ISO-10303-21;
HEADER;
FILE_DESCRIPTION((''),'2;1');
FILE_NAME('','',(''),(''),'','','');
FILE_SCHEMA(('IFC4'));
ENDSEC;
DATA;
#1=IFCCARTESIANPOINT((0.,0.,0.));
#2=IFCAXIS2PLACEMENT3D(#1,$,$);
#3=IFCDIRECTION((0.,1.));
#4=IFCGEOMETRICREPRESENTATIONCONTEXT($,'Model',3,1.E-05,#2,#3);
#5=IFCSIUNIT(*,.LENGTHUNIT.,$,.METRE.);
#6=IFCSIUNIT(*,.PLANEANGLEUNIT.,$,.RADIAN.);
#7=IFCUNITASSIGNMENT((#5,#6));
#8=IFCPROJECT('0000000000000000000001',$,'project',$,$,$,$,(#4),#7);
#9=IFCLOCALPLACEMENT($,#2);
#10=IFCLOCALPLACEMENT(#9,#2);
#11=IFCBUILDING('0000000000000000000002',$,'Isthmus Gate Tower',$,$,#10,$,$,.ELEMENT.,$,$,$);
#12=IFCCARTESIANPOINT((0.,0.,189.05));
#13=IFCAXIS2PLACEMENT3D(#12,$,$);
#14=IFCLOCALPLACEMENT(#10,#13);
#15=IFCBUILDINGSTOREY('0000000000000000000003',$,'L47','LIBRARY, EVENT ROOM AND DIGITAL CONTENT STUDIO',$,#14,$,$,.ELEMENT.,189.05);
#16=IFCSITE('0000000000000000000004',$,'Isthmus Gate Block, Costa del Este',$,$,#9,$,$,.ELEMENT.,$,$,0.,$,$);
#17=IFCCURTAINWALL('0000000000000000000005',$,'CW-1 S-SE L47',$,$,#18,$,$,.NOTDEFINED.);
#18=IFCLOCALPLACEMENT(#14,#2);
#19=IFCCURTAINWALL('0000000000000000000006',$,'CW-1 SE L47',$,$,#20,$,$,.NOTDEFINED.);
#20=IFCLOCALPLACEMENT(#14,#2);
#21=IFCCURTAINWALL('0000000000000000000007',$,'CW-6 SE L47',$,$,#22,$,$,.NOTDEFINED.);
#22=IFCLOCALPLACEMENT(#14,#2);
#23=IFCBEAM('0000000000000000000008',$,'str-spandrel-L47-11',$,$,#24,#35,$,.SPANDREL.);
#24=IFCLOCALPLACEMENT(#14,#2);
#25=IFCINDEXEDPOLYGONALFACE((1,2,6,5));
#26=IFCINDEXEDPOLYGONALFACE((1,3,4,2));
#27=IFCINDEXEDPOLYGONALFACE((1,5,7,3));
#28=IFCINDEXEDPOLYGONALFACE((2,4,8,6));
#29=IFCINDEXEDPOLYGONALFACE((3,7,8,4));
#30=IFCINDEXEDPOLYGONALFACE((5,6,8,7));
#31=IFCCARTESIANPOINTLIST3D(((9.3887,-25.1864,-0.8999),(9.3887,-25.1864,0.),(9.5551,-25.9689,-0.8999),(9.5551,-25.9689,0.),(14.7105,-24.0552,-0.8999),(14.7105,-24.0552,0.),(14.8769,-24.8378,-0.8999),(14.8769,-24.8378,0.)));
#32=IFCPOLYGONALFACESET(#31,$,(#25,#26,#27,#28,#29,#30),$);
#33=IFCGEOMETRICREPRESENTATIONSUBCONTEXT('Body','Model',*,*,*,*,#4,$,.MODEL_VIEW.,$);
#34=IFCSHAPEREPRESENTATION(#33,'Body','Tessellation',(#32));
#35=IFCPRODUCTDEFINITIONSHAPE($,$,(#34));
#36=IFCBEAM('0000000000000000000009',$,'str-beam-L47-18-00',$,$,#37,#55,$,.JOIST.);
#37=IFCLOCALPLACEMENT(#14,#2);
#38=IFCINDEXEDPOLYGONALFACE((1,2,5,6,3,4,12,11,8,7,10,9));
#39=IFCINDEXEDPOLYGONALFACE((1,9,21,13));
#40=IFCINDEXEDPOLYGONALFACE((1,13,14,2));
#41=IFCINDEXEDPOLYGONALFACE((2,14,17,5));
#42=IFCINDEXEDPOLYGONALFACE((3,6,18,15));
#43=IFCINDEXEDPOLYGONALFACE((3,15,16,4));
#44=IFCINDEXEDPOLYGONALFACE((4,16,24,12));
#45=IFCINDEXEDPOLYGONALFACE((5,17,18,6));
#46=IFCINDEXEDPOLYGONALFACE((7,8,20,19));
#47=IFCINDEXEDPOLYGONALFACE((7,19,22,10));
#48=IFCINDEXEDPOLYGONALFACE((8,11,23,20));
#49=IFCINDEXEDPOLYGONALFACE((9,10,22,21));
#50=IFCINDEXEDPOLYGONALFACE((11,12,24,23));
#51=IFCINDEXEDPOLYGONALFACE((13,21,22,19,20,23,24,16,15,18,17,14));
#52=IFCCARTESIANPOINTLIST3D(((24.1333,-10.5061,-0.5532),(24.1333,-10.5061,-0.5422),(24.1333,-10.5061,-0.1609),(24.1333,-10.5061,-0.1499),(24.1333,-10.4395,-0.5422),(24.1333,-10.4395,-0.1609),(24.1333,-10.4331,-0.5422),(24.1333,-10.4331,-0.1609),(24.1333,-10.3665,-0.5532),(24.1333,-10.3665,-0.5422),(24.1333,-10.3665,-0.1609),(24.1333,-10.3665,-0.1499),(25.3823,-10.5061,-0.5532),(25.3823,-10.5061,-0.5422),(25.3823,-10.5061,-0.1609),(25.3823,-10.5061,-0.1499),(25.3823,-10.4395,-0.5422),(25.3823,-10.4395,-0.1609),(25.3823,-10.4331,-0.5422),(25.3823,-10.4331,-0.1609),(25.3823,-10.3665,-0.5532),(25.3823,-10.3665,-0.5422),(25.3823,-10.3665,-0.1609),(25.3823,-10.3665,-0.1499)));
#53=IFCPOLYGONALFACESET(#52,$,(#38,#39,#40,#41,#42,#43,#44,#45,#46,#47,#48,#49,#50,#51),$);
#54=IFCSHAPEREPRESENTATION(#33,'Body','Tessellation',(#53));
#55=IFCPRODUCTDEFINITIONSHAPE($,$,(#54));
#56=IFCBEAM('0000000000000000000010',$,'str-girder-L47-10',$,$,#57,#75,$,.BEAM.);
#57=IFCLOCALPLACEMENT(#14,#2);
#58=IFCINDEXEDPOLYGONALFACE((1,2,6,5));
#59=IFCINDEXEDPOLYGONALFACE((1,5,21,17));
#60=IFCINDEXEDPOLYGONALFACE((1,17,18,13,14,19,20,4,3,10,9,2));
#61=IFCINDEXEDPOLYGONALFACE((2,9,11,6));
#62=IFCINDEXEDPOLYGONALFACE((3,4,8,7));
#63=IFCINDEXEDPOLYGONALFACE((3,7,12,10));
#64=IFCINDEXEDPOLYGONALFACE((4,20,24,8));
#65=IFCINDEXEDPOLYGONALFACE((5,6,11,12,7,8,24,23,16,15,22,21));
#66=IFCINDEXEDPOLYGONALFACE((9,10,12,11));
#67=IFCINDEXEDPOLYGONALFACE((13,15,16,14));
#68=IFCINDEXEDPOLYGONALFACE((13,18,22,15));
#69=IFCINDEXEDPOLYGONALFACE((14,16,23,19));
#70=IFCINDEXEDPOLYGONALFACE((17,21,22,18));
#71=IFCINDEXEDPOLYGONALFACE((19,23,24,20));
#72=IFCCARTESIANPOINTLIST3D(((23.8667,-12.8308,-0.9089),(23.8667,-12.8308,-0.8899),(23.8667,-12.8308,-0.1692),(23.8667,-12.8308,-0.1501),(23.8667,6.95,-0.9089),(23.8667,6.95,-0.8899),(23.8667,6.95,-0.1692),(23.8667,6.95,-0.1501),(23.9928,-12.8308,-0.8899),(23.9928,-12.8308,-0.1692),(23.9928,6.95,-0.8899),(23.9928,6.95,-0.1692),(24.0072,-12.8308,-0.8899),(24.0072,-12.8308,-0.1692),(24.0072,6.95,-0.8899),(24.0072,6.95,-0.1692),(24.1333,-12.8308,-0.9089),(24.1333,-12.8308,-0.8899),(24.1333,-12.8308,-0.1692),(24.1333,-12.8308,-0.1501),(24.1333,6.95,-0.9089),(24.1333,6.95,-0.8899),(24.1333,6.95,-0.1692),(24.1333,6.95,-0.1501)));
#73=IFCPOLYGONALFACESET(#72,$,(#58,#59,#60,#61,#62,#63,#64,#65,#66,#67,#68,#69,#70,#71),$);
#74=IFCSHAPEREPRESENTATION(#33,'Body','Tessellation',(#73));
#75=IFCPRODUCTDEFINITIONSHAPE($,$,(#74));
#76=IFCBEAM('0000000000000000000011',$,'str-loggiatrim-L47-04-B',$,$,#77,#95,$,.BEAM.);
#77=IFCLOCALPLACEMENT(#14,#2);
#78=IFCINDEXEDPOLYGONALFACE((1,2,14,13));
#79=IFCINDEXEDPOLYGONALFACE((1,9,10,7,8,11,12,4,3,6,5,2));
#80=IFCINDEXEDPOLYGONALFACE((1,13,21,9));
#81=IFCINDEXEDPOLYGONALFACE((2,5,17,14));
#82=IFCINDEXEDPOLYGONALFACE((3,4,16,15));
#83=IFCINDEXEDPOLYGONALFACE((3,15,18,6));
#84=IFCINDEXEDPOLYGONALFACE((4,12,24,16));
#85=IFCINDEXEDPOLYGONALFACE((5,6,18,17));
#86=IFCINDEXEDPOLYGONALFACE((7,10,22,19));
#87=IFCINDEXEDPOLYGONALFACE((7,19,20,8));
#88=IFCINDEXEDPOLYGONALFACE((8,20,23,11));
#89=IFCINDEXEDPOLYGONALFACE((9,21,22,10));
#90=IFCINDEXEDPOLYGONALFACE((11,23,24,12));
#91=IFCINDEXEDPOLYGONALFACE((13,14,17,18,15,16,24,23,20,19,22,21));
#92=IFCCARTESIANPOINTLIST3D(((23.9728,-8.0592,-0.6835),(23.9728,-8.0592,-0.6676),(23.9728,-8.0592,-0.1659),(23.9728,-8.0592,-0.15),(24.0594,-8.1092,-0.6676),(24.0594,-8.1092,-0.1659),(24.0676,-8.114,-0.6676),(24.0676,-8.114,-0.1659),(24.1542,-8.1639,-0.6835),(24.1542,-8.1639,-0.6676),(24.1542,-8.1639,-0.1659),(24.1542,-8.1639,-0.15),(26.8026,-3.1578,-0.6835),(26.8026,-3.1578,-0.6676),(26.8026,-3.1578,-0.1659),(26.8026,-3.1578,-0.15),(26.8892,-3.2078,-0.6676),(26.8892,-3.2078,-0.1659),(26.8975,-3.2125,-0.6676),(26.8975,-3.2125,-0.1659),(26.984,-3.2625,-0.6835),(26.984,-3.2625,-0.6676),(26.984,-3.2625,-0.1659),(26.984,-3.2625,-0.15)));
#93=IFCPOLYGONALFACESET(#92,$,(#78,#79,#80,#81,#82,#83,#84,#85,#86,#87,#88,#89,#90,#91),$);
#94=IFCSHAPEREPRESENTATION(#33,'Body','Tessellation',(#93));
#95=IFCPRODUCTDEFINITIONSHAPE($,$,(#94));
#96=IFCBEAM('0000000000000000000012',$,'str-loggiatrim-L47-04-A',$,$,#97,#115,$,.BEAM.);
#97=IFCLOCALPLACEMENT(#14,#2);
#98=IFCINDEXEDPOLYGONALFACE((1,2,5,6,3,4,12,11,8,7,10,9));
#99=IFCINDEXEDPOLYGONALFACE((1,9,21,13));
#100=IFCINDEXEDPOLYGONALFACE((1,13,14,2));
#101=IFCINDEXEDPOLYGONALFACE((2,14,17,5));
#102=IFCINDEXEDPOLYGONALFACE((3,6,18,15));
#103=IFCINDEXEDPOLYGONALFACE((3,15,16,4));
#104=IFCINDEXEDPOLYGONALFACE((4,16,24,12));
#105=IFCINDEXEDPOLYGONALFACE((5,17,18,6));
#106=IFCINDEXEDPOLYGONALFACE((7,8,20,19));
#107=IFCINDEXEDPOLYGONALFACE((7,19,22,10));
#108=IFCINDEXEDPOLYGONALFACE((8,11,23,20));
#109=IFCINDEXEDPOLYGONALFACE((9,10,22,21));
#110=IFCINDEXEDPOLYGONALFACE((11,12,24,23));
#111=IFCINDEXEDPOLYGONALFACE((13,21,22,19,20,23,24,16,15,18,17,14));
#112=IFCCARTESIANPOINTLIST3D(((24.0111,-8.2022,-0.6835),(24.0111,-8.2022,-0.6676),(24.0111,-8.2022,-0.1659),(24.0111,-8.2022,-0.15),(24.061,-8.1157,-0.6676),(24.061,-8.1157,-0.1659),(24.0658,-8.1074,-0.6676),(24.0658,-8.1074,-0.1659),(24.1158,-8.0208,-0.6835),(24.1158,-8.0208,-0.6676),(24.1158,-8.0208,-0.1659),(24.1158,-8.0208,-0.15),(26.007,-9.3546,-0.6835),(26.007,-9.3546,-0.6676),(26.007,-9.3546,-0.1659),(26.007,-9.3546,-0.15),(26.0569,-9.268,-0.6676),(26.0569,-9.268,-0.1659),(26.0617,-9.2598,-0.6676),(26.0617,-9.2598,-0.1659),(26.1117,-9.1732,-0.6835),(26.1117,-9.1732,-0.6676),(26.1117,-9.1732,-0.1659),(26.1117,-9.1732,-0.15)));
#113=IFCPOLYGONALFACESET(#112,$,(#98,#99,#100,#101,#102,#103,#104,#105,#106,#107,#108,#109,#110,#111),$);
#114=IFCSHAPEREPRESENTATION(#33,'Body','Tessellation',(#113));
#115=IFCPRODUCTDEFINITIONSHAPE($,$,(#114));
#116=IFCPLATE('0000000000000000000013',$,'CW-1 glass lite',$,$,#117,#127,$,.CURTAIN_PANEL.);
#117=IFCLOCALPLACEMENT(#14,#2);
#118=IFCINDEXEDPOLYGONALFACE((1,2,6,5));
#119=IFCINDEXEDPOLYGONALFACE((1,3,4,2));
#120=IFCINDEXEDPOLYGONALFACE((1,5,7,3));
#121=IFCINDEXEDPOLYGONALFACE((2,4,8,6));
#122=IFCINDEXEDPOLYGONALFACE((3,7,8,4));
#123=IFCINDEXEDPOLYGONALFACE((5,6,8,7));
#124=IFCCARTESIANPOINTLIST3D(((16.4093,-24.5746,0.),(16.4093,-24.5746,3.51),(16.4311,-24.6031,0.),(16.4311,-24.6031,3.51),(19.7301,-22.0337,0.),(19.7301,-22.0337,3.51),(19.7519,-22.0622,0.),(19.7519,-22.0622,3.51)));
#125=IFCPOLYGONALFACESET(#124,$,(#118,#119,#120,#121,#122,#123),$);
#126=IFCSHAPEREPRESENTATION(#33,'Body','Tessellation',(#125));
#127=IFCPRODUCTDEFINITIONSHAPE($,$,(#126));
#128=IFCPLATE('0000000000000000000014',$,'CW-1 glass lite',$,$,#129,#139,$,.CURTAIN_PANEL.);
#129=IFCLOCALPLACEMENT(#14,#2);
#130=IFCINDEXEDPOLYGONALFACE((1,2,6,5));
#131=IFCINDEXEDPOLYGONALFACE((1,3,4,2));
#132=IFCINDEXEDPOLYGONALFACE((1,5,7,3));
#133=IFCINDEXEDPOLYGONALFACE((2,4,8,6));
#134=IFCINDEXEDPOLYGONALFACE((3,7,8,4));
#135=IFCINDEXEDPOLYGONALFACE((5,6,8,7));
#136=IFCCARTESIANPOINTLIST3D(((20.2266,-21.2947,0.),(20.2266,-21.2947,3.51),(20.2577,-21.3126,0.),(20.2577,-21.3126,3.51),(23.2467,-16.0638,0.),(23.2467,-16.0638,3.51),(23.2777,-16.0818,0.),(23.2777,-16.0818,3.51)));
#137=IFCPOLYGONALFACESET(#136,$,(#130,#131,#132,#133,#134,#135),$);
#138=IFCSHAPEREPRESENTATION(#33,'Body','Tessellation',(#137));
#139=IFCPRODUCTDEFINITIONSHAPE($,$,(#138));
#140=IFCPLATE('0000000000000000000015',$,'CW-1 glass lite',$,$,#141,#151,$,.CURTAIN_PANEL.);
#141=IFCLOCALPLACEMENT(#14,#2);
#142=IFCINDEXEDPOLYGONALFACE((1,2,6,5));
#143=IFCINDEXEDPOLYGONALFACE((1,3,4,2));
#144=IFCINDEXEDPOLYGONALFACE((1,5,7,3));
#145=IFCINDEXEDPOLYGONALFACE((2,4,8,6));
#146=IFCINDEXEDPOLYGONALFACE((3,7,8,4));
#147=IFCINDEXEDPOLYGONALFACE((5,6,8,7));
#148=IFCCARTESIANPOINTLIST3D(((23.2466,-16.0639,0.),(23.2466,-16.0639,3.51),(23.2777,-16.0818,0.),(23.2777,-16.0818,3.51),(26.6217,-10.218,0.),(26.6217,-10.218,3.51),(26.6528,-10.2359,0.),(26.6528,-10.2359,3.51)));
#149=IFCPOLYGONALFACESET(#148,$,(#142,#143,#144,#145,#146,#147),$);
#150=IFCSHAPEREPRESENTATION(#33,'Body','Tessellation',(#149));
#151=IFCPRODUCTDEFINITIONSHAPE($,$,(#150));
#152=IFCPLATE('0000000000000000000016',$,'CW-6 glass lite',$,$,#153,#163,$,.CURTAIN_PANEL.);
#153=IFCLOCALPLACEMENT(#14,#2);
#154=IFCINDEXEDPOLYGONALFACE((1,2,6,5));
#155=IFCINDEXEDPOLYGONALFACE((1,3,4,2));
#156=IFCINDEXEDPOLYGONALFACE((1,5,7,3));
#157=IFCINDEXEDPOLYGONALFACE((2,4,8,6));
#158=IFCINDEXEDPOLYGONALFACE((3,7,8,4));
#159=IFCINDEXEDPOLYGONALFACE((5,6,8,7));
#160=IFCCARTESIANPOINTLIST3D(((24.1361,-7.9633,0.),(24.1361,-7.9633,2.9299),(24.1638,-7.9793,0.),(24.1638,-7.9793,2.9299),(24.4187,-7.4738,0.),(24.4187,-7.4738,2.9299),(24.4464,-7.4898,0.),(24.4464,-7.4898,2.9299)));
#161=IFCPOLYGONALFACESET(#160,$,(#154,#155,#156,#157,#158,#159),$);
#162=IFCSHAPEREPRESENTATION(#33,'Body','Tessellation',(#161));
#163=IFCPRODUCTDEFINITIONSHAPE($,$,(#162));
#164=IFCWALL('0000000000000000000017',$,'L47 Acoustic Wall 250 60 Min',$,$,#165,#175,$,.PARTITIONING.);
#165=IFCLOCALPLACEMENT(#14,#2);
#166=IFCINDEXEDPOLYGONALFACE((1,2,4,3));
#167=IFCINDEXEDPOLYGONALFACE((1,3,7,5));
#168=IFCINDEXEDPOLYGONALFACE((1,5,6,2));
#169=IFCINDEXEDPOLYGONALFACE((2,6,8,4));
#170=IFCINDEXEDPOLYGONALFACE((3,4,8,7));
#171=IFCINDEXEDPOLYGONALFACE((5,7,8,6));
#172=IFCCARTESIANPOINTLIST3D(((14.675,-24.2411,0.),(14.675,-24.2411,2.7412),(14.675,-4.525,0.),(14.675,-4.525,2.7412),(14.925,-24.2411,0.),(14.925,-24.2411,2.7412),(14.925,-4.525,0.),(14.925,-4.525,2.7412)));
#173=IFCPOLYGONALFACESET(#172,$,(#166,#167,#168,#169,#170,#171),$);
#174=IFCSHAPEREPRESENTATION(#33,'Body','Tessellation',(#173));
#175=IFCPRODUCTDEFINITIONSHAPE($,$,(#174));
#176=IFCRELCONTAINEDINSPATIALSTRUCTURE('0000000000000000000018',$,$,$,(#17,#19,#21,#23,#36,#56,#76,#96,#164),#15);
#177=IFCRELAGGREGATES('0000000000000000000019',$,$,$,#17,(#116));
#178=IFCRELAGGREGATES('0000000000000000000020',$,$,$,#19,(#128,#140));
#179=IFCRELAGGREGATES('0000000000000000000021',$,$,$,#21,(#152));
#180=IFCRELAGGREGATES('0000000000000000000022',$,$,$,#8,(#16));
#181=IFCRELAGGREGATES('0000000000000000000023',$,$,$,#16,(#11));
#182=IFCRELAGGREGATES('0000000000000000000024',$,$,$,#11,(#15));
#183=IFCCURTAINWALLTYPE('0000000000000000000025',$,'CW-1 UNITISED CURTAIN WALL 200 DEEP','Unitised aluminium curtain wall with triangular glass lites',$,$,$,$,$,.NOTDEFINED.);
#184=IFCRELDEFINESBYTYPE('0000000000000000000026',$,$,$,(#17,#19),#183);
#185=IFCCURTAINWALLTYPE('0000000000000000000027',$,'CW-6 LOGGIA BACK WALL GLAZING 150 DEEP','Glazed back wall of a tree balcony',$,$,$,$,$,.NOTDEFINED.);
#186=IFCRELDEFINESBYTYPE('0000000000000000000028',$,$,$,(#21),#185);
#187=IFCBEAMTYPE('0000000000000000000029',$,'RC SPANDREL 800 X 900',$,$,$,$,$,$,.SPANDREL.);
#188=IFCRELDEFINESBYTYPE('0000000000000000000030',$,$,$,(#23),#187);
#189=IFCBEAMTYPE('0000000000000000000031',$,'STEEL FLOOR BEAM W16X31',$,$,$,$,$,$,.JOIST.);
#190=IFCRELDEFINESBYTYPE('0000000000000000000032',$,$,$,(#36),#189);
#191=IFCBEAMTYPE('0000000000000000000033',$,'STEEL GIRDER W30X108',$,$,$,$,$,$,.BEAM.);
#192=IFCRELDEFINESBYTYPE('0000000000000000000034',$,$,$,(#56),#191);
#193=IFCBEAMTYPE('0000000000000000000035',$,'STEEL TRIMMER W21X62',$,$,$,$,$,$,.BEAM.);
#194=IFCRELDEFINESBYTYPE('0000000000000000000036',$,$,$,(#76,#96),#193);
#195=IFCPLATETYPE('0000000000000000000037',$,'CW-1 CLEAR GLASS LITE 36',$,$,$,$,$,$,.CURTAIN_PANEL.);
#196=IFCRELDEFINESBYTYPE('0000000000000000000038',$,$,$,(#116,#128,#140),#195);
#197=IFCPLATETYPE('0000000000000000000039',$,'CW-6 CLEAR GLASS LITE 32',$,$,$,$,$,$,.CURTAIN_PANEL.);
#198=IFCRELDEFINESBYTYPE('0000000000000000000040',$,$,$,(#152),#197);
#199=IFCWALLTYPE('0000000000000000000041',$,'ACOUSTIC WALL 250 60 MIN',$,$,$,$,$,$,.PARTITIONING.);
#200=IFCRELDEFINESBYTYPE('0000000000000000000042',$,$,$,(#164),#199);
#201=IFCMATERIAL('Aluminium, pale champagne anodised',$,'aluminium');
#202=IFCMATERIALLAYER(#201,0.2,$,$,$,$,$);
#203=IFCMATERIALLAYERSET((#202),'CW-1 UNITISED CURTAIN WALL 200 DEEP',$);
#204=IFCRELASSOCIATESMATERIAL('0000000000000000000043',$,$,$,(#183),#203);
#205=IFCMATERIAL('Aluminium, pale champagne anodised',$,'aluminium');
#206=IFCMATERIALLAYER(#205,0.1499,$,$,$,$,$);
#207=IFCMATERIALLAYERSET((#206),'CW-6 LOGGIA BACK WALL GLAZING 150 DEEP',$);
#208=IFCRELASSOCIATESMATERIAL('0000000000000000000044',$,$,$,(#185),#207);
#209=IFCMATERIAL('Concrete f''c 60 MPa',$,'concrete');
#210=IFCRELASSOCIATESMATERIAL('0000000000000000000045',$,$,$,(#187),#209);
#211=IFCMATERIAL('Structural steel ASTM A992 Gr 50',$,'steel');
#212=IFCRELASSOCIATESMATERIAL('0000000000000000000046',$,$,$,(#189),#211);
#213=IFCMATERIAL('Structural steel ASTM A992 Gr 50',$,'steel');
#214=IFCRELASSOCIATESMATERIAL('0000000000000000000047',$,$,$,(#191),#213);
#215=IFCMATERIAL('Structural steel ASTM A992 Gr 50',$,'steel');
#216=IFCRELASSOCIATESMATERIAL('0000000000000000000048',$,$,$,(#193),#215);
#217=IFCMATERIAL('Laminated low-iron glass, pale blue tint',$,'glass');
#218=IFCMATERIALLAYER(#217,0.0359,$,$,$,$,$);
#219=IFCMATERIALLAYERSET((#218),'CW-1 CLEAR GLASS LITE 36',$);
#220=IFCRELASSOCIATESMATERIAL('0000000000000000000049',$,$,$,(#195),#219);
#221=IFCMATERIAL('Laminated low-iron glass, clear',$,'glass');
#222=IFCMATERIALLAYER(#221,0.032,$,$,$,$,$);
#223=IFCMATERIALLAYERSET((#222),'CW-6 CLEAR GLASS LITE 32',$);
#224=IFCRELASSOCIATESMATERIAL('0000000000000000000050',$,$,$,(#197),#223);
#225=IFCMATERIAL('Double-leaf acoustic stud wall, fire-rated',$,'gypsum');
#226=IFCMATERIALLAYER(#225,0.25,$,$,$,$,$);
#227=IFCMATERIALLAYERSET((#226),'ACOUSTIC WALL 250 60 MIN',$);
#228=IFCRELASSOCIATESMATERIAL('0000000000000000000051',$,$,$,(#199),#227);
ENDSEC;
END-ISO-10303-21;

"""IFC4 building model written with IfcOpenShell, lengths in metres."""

from ifc_helpers import new_model, si_unit, direction, frame, frame_2d, origin, origin_2d, place, context, subcontext, project, spatial, rectangle, i_section, extrude, material, layer, layer_set, material_profile, profile_set, type_object, element, aggregate, save


model = new_model("IFC4")

# Units and contexts
model_context = context("Model", 3, precision=1e-05, world=origin(), true_north=direction((0.0, 1.0)))
body_context = subcontext(model_context, "Body", "Model", "MODEL_VIEW")
ifc_project = project(units=[si_unit("LENGTHUNIT", "METRE"), si_unit("PLANEANGLEUNIT", "RADIAN")], contexts=[model_context])

# Site, building, storey
site_placement = place(None, origin())
site = spatial("IfcSite", under=ifc_project, at=site_placement, Name="Isthmus Gate Block, Costa del Este", CompositionType="ELEMENT", RefElevation=0.0)
building_placement = place(site_placement, origin())
building = spatial("IfcBuilding", under=site, at=building_placement, Name="Isthmus Gate Tower", CompositionType="ELEMENT")
storey_placement = place(building_placement, frame((0.0, 0.0, 189.05)))
storey = spatial("IfcBuildingStorey", under=building, at=storey_placement, Name="L47", Description="LIBRARY, EVENT ROOM AND DIGITAL CONTENT STUDIO", CompositionType="ELEMENT", Elevation=189.05)

# Curtain walls
ifc_material_1 = material(Name="Aluminium, pale champagne anodised", Category="aluminium")
ifc_layer_1 = layer(ifc_material_1, 0.2)
ifc_layer_set_1 = layer_set([ifc_layer_1], Name="CW-1 UNITISED CURTAIN WALL 200 DEEP")
curtain_wall_type_1 = type_object("IfcCurtainWallType", Name="CW-1 UNITISED CURTAIN WALL 200 DEEP", Description="Unitised aluminium curtain wall with triangular glass lites", PredefinedType="NOTDEFINED", material=ifc_layer_set_1)
curtain_wall_1_placement = place(storey_placement, origin())
curtain_wall_1 = element("IfcCurtainWall", 1, at=curtain_wall_1_placement, inside=storey, type_object=curtain_wall_type_1, Name="CW-1 S-SE L47", PredefinedType="NOTDEFINED")
curtain_wall_2_placement = place(storey_placement, origin())
curtain_wall_2 = element("IfcCurtainWall", 2, at=curtain_wall_2_placement, inside=storey, type_object=curtain_wall_type_1, Name="CW-1 SE L47", PredefinedType="NOTDEFINED")

# Curtain wall
ifc_material_2 = material(Name="Aluminium, pale champagne anodised", Category="aluminium")
ifc_layer_2 = layer(ifc_material_2, 0.1499)
ifc_layer_set_2 = layer_set([ifc_layer_2], Name="CW-6 LOGGIA BACK WALL GLAZING 150 DEEP")
curtain_wall_type_2 = type_object("IfcCurtainWallType", Name="CW-6 LOGGIA BACK WALL GLAZING 150 DEEP", Description="Glazed back wall of a tree balcony", PredefinedType="NOTDEFINED", material=ifc_layer_set_2)
curtain_wall_3_placement = place(storey_placement, origin())
curtain_wall_3 = element("IfcCurtainWall", 3, at=curtain_wall_3_placement, inside=storey, type_object=curtain_wall_type_2, Name="CW-6 SE L47", PredefinedType="NOTDEFINED")

# Beams
ifc_material_3 = material(Name="Concrete f'c 60 MPa", Category="concrete")
ifc_material_profile_1 = material_profile(ifc_material_3, rectangle(XDim=0.8, YDim=0.8999, at=origin_2d()), Name="RC 800X900")
ifc_profile_set_1 = profile_set([ifc_material_profile_1], Name="Concrete f'c 60 MPa")
beam_type_1 = type_object("IfcBeamType", Name="RC SPANDREL 800 X 900", PredefinedType="SPANDREL", material=ifc_profile_set_1)
beam_1_placement = place(storey_placement, frame((14.7937, -24.4465, -0.45), z_axis=(-0.97815, -0.207898, 0.0), x_axis=(0.207898, -0.97815, 0.0)))
element("IfcBeam", 4, at=beam_1_placement, inside=storey, type_object=beam_type_1, Name="str-spandrel-L47-11", PredefinedType="SPANDREL", context=body_context, shape_type="SweptSolid", body=[
    extrude(rectangle(XDim=0.8, YDim=0.8999, at=origin_2d()), origin(), (0.0, 0.0, 1.0), 5.4407),
])
ifc_material_4 = material(Name="Structural steel ASTM A992 Gr 50", Category="steel")
ifc_material_profile_2 = material_profile(ifc_material_4, i_section(OverallWidth=0.1396, OverallDepth=0.4033, WebThickness=0.0063, FlangeThickness=0.011, at=origin_2d()), Name="W16X31")
ifc_profile_set_2 = profile_set([ifc_material_profile_2], Name="Structural steel ASTM A992 Gr 50")
beam_type_2 = type_object("IfcBeamType", Name="STEEL FLOOR BEAM W16X31", PredefinedType="JOIST", material=ifc_profile_set_2)
beam_2_placement = place(storey_placement, frame((24.1333, -10.4363, -0.3516), z_axis=(1.0, 0.0, 0.0), x_axis=(0.0, 1.0, 0.0)))
element("IfcBeam", 5, at=beam_2_placement, inside=storey, type_object=beam_type_2, Name="str-beam-L47-18-00", PredefinedType="JOIST", context=body_context, shape_type="SweptSolid", body=[
    extrude(i_section(OverallWidth=0.1396, OverallDepth=0.4033, WebThickness=0.0063, FlangeThickness=0.011, at=origin_2d()), origin(), (0.0, 0.0, 1.0), 1.249),
])
ifc_material_5 = material(Name="Structural steel ASTM A992 Gr 50", Category="steel")
ifc_material_profile_3 = material_profile(ifc_material_5, i_section(OverallWidth=0.2666, OverallDepth=0.7588, WebThickness=0.0144, FlangeThickness=0.019, at=origin_2d()), Name="W30X108")
ifc_profile_set_3 = profile_set([ifc_material_profile_3], Name="Structural steel ASTM A992 Gr 50")
beam_type_3 = type_object("IfcBeamType", Name="STEEL GIRDER W30X108", PredefinedType="BEAM", material=ifc_profile_set_3)
beam_3_placement = place(storey_placement, frame((24.0, -12.8308, -0.5295), z_axis=(0.0, 1.0, 0.0), x_axis=(-1.0, 0.0, 0.0)))
element("IfcBeam", 6, at=beam_3_placement, inside=storey, type_object=beam_type_3, Name="str-girder-L47-10", PredefinedType="BEAM", context=body_context, shape_type="SweptSolid", body=[
    extrude(i_section(OverallWidth=0.2666, OverallDepth=0.7588, WebThickness=0.0144, FlangeThickness=0.019, at=origin_2d()), origin(), (0.0, 0.0, 1.0), 19.7808),
])
ifc_material_6 = material(Name="Structural steel ASTM A992 Gr 50", Category="steel")
ifc_material_profile_4 = material_profile(ifc_material_6, i_section(OverallWidth=0.2095, OverallDepth=0.5334, WebThickness=0.0095, FlangeThickness=0.0159, at=origin_2d()), Name="W21X62")
ifc_profile_set_4 = profile_set([ifc_material_profile_4], Name="Structural steel ASTM A992 Gr 50")
beam_type_4 = type_object("IfcBeamType", Name="STEEL TRIMMER W21X62", PredefinedType="BEAM", material=ifc_profile_set_4)
beam_4_placement = place(storey_placement, frame((24.0635, -8.1116, -0.4167), z_axis=(0.500004, 0.866023, 0.0), x_axis=(-0.866023, 0.500004, 0.0)))
element("IfcBeam", 7, at=beam_4_placement, inside=storey, type_object=beam_type_4, Name="str-loggiatrim-L47-04-B", PredefinedType="BEAM", context=body_context, shape_type="SweptSolid", body=[
    extrude(i_section(OverallWidth=0.2095, OverallDepth=0.5334, WebThickness=0.0095, FlangeThickness=0.0159, at=origin_2d()), origin(), (0.0, 0.0, 1.0), 5.6597),
])
beam_5_placement = place(storey_placement, frame((26.0593, -9.2639, -0.4167), z_axis=(-0.866018, 0.500013, 0.0), x_axis=(-0.500013, -0.866018, 0.0)))
element("IfcBeam", 8, at=beam_5_placement, inside=storey, type_object=beam_type_4, Name="str-loggiatrim-L47-04-A", PredefinedType="BEAM", context=body_context, shape_type="SweptSolid", body=[
    extrude(i_section(OverallWidth=0.2095, OverallDepth=0.5334, WebThickness=0.0095, FlangeThickness=0.0159, at=origin_2d()), origin(), (0.0, 0.0, 1.0), 2.3047),
])

# Plates
ifc_material_7 = material(Name="Laminated low-iron glass, pale blue tint", Category="glass")
ifc_layer_3 = layer(ifc_material_7, 0.0359)
ifc_layer_set_3 = layer_set([ifc_layer_3], Name="CW-1 CLEAR GLASS LITE 36")
plate_type_1 = type_object("IfcPlateType", Name="CW-1 CLEAR GLASS LITE 36", PredefinedType="CURTAIN_PANEL", material=ifc_layer_set_3)
plate_1_placement = place(storey_placement, frame((18.0806, -23.3184, 0.0), z_axis=(0.0, 0.0, 1.0), x_axis=(0.794189, 0.607671, 0.0)))
plate_1 = element("IfcPlate", 9, at=plate_1_placement, type_object=plate_type_1, Name="CW-1 glass lite", PredefinedType="CURTAIN_PANEL", context=body_context, shape_type="SweptSolid", body=[
    extrude(rectangle(XDim=4.1814, YDim=0.0359, at=origin_2d()), origin(), (0.0, 0.0, 1.0), 3.51),
])
aggregate(curtain_wall_1, [plate_1])
plate_2_placement = place(storey_placement, frame((21.7522, -18.6882, 0.0), z_axis=(0.0, 0.0, 1.0), x_axis=(0.5, 0.866025, 0.0)))
plate_2 = element("IfcPlate", 10, at=plate_2_placement, type_object=plate_type_1, Name="CW-1 glass lite", PredefinedType="CURTAIN_PANEL", context=body_context, shape_type="SweptSolid", body=[
    extrude(rectangle(XDim=6.04, YDim=0.0359, at=origin_2d()), origin(), (0.0, 0.0, 1.0), 3.51),
])
plate_3_placement = place(storey_placement, frame((24.9497, -13.1499, 0.0), z_axis=(0.0, 0.0, 1.0), x_axis=(0.5, 0.866025, 0.0)))
plate_3 = element("IfcPlate", 11, at=plate_3_placement, type_object=plate_type_1, Name="CW-1 glass lite", PredefinedType="CURTAIN_PANEL", context=body_context, shape_type="SweptSolid", body=[
    extrude(rectangle(XDim=6.7502, YDim=0.0359, at=origin_2d()), origin(), (0.0, 0.0, 1.0), 3.51),
])
aggregate(curtain_wall_2, [plate_2, plate_3])
ifc_material_8 = material(Name="Laminated low-iron glass, clear", Category="glass")
ifc_layer_4 = layer(ifc_material_8, 0.032)
ifc_layer_set_4 = layer_set([ifc_layer_4], Name="CW-6 CLEAR GLASS LITE 32")
plate_type_2 = type_object("IfcPlateType", Name="CW-6 CLEAR GLASS LITE 32", PredefinedType="CURTAIN_PANEL", material=ifc_layer_set_4)
plate_4_placement = place(storey_placement, frame((24.2913, -7.7266, 0.0), z_axis=(0.0, 0.0, 1.0), x_axis=(0.5, 0.866025, 0.0)))
plate_4 = element("IfcPlate", 12, at=plate_4_placement, type_object=plate_type_2, Name="CW-6 glass lite", PredefinedType="CURTAIN_PANEL", context=body_context, shape_type="SweptSolid", body=[
    extrude(rectangle(XDim=0.5652, YDim=0.032, at=origin_2d()), origin(), (0.0, 0.0, 1.0), 2.9299),
])
aggregate(curtain_wall_3, [plate_4])

# Wall
ifc_material_9 = material(Name="Double-leaf acoustic stud wall, fire-rated", Category="gypsum")
ifc_layer_5 = layer(ifc_material_9, 0.25)
ifc_layer_set_5 = layer_set([ifc_layer_5], Name="ACOUSTIC WALL 250 60 MIN")
wall_type_1 = type_object("IfcWallType", Name="ACOUSTIC WALL 250 60 MIN", PredefinedType="PARTITIONING", material=ifc_layer_set_5)
wall_1_placement = place(storey_placement, frame((14.8, -24.241, 0.0), z_axis=(0.0, 0.0, 1.0), x_axis=(0.0, 1.0, 0.0)))
element("IfcWall", 13, at=wall_1_placement, inside=storey, type_object=wall_type_1, Name="L47 Acoustic Wall 250 60 Min", PredefinedType="PARTITIONING", context=body_context, shape_type="SweptSolid", body=[
    extrude(rectangle(XDim=19.7161, YDim=0.25, at=frame_2d((9.8579, 0.0))), origin(), (0.0, 0.0, 1.0), 2.7412),
])

save(model, "model.ifc")
